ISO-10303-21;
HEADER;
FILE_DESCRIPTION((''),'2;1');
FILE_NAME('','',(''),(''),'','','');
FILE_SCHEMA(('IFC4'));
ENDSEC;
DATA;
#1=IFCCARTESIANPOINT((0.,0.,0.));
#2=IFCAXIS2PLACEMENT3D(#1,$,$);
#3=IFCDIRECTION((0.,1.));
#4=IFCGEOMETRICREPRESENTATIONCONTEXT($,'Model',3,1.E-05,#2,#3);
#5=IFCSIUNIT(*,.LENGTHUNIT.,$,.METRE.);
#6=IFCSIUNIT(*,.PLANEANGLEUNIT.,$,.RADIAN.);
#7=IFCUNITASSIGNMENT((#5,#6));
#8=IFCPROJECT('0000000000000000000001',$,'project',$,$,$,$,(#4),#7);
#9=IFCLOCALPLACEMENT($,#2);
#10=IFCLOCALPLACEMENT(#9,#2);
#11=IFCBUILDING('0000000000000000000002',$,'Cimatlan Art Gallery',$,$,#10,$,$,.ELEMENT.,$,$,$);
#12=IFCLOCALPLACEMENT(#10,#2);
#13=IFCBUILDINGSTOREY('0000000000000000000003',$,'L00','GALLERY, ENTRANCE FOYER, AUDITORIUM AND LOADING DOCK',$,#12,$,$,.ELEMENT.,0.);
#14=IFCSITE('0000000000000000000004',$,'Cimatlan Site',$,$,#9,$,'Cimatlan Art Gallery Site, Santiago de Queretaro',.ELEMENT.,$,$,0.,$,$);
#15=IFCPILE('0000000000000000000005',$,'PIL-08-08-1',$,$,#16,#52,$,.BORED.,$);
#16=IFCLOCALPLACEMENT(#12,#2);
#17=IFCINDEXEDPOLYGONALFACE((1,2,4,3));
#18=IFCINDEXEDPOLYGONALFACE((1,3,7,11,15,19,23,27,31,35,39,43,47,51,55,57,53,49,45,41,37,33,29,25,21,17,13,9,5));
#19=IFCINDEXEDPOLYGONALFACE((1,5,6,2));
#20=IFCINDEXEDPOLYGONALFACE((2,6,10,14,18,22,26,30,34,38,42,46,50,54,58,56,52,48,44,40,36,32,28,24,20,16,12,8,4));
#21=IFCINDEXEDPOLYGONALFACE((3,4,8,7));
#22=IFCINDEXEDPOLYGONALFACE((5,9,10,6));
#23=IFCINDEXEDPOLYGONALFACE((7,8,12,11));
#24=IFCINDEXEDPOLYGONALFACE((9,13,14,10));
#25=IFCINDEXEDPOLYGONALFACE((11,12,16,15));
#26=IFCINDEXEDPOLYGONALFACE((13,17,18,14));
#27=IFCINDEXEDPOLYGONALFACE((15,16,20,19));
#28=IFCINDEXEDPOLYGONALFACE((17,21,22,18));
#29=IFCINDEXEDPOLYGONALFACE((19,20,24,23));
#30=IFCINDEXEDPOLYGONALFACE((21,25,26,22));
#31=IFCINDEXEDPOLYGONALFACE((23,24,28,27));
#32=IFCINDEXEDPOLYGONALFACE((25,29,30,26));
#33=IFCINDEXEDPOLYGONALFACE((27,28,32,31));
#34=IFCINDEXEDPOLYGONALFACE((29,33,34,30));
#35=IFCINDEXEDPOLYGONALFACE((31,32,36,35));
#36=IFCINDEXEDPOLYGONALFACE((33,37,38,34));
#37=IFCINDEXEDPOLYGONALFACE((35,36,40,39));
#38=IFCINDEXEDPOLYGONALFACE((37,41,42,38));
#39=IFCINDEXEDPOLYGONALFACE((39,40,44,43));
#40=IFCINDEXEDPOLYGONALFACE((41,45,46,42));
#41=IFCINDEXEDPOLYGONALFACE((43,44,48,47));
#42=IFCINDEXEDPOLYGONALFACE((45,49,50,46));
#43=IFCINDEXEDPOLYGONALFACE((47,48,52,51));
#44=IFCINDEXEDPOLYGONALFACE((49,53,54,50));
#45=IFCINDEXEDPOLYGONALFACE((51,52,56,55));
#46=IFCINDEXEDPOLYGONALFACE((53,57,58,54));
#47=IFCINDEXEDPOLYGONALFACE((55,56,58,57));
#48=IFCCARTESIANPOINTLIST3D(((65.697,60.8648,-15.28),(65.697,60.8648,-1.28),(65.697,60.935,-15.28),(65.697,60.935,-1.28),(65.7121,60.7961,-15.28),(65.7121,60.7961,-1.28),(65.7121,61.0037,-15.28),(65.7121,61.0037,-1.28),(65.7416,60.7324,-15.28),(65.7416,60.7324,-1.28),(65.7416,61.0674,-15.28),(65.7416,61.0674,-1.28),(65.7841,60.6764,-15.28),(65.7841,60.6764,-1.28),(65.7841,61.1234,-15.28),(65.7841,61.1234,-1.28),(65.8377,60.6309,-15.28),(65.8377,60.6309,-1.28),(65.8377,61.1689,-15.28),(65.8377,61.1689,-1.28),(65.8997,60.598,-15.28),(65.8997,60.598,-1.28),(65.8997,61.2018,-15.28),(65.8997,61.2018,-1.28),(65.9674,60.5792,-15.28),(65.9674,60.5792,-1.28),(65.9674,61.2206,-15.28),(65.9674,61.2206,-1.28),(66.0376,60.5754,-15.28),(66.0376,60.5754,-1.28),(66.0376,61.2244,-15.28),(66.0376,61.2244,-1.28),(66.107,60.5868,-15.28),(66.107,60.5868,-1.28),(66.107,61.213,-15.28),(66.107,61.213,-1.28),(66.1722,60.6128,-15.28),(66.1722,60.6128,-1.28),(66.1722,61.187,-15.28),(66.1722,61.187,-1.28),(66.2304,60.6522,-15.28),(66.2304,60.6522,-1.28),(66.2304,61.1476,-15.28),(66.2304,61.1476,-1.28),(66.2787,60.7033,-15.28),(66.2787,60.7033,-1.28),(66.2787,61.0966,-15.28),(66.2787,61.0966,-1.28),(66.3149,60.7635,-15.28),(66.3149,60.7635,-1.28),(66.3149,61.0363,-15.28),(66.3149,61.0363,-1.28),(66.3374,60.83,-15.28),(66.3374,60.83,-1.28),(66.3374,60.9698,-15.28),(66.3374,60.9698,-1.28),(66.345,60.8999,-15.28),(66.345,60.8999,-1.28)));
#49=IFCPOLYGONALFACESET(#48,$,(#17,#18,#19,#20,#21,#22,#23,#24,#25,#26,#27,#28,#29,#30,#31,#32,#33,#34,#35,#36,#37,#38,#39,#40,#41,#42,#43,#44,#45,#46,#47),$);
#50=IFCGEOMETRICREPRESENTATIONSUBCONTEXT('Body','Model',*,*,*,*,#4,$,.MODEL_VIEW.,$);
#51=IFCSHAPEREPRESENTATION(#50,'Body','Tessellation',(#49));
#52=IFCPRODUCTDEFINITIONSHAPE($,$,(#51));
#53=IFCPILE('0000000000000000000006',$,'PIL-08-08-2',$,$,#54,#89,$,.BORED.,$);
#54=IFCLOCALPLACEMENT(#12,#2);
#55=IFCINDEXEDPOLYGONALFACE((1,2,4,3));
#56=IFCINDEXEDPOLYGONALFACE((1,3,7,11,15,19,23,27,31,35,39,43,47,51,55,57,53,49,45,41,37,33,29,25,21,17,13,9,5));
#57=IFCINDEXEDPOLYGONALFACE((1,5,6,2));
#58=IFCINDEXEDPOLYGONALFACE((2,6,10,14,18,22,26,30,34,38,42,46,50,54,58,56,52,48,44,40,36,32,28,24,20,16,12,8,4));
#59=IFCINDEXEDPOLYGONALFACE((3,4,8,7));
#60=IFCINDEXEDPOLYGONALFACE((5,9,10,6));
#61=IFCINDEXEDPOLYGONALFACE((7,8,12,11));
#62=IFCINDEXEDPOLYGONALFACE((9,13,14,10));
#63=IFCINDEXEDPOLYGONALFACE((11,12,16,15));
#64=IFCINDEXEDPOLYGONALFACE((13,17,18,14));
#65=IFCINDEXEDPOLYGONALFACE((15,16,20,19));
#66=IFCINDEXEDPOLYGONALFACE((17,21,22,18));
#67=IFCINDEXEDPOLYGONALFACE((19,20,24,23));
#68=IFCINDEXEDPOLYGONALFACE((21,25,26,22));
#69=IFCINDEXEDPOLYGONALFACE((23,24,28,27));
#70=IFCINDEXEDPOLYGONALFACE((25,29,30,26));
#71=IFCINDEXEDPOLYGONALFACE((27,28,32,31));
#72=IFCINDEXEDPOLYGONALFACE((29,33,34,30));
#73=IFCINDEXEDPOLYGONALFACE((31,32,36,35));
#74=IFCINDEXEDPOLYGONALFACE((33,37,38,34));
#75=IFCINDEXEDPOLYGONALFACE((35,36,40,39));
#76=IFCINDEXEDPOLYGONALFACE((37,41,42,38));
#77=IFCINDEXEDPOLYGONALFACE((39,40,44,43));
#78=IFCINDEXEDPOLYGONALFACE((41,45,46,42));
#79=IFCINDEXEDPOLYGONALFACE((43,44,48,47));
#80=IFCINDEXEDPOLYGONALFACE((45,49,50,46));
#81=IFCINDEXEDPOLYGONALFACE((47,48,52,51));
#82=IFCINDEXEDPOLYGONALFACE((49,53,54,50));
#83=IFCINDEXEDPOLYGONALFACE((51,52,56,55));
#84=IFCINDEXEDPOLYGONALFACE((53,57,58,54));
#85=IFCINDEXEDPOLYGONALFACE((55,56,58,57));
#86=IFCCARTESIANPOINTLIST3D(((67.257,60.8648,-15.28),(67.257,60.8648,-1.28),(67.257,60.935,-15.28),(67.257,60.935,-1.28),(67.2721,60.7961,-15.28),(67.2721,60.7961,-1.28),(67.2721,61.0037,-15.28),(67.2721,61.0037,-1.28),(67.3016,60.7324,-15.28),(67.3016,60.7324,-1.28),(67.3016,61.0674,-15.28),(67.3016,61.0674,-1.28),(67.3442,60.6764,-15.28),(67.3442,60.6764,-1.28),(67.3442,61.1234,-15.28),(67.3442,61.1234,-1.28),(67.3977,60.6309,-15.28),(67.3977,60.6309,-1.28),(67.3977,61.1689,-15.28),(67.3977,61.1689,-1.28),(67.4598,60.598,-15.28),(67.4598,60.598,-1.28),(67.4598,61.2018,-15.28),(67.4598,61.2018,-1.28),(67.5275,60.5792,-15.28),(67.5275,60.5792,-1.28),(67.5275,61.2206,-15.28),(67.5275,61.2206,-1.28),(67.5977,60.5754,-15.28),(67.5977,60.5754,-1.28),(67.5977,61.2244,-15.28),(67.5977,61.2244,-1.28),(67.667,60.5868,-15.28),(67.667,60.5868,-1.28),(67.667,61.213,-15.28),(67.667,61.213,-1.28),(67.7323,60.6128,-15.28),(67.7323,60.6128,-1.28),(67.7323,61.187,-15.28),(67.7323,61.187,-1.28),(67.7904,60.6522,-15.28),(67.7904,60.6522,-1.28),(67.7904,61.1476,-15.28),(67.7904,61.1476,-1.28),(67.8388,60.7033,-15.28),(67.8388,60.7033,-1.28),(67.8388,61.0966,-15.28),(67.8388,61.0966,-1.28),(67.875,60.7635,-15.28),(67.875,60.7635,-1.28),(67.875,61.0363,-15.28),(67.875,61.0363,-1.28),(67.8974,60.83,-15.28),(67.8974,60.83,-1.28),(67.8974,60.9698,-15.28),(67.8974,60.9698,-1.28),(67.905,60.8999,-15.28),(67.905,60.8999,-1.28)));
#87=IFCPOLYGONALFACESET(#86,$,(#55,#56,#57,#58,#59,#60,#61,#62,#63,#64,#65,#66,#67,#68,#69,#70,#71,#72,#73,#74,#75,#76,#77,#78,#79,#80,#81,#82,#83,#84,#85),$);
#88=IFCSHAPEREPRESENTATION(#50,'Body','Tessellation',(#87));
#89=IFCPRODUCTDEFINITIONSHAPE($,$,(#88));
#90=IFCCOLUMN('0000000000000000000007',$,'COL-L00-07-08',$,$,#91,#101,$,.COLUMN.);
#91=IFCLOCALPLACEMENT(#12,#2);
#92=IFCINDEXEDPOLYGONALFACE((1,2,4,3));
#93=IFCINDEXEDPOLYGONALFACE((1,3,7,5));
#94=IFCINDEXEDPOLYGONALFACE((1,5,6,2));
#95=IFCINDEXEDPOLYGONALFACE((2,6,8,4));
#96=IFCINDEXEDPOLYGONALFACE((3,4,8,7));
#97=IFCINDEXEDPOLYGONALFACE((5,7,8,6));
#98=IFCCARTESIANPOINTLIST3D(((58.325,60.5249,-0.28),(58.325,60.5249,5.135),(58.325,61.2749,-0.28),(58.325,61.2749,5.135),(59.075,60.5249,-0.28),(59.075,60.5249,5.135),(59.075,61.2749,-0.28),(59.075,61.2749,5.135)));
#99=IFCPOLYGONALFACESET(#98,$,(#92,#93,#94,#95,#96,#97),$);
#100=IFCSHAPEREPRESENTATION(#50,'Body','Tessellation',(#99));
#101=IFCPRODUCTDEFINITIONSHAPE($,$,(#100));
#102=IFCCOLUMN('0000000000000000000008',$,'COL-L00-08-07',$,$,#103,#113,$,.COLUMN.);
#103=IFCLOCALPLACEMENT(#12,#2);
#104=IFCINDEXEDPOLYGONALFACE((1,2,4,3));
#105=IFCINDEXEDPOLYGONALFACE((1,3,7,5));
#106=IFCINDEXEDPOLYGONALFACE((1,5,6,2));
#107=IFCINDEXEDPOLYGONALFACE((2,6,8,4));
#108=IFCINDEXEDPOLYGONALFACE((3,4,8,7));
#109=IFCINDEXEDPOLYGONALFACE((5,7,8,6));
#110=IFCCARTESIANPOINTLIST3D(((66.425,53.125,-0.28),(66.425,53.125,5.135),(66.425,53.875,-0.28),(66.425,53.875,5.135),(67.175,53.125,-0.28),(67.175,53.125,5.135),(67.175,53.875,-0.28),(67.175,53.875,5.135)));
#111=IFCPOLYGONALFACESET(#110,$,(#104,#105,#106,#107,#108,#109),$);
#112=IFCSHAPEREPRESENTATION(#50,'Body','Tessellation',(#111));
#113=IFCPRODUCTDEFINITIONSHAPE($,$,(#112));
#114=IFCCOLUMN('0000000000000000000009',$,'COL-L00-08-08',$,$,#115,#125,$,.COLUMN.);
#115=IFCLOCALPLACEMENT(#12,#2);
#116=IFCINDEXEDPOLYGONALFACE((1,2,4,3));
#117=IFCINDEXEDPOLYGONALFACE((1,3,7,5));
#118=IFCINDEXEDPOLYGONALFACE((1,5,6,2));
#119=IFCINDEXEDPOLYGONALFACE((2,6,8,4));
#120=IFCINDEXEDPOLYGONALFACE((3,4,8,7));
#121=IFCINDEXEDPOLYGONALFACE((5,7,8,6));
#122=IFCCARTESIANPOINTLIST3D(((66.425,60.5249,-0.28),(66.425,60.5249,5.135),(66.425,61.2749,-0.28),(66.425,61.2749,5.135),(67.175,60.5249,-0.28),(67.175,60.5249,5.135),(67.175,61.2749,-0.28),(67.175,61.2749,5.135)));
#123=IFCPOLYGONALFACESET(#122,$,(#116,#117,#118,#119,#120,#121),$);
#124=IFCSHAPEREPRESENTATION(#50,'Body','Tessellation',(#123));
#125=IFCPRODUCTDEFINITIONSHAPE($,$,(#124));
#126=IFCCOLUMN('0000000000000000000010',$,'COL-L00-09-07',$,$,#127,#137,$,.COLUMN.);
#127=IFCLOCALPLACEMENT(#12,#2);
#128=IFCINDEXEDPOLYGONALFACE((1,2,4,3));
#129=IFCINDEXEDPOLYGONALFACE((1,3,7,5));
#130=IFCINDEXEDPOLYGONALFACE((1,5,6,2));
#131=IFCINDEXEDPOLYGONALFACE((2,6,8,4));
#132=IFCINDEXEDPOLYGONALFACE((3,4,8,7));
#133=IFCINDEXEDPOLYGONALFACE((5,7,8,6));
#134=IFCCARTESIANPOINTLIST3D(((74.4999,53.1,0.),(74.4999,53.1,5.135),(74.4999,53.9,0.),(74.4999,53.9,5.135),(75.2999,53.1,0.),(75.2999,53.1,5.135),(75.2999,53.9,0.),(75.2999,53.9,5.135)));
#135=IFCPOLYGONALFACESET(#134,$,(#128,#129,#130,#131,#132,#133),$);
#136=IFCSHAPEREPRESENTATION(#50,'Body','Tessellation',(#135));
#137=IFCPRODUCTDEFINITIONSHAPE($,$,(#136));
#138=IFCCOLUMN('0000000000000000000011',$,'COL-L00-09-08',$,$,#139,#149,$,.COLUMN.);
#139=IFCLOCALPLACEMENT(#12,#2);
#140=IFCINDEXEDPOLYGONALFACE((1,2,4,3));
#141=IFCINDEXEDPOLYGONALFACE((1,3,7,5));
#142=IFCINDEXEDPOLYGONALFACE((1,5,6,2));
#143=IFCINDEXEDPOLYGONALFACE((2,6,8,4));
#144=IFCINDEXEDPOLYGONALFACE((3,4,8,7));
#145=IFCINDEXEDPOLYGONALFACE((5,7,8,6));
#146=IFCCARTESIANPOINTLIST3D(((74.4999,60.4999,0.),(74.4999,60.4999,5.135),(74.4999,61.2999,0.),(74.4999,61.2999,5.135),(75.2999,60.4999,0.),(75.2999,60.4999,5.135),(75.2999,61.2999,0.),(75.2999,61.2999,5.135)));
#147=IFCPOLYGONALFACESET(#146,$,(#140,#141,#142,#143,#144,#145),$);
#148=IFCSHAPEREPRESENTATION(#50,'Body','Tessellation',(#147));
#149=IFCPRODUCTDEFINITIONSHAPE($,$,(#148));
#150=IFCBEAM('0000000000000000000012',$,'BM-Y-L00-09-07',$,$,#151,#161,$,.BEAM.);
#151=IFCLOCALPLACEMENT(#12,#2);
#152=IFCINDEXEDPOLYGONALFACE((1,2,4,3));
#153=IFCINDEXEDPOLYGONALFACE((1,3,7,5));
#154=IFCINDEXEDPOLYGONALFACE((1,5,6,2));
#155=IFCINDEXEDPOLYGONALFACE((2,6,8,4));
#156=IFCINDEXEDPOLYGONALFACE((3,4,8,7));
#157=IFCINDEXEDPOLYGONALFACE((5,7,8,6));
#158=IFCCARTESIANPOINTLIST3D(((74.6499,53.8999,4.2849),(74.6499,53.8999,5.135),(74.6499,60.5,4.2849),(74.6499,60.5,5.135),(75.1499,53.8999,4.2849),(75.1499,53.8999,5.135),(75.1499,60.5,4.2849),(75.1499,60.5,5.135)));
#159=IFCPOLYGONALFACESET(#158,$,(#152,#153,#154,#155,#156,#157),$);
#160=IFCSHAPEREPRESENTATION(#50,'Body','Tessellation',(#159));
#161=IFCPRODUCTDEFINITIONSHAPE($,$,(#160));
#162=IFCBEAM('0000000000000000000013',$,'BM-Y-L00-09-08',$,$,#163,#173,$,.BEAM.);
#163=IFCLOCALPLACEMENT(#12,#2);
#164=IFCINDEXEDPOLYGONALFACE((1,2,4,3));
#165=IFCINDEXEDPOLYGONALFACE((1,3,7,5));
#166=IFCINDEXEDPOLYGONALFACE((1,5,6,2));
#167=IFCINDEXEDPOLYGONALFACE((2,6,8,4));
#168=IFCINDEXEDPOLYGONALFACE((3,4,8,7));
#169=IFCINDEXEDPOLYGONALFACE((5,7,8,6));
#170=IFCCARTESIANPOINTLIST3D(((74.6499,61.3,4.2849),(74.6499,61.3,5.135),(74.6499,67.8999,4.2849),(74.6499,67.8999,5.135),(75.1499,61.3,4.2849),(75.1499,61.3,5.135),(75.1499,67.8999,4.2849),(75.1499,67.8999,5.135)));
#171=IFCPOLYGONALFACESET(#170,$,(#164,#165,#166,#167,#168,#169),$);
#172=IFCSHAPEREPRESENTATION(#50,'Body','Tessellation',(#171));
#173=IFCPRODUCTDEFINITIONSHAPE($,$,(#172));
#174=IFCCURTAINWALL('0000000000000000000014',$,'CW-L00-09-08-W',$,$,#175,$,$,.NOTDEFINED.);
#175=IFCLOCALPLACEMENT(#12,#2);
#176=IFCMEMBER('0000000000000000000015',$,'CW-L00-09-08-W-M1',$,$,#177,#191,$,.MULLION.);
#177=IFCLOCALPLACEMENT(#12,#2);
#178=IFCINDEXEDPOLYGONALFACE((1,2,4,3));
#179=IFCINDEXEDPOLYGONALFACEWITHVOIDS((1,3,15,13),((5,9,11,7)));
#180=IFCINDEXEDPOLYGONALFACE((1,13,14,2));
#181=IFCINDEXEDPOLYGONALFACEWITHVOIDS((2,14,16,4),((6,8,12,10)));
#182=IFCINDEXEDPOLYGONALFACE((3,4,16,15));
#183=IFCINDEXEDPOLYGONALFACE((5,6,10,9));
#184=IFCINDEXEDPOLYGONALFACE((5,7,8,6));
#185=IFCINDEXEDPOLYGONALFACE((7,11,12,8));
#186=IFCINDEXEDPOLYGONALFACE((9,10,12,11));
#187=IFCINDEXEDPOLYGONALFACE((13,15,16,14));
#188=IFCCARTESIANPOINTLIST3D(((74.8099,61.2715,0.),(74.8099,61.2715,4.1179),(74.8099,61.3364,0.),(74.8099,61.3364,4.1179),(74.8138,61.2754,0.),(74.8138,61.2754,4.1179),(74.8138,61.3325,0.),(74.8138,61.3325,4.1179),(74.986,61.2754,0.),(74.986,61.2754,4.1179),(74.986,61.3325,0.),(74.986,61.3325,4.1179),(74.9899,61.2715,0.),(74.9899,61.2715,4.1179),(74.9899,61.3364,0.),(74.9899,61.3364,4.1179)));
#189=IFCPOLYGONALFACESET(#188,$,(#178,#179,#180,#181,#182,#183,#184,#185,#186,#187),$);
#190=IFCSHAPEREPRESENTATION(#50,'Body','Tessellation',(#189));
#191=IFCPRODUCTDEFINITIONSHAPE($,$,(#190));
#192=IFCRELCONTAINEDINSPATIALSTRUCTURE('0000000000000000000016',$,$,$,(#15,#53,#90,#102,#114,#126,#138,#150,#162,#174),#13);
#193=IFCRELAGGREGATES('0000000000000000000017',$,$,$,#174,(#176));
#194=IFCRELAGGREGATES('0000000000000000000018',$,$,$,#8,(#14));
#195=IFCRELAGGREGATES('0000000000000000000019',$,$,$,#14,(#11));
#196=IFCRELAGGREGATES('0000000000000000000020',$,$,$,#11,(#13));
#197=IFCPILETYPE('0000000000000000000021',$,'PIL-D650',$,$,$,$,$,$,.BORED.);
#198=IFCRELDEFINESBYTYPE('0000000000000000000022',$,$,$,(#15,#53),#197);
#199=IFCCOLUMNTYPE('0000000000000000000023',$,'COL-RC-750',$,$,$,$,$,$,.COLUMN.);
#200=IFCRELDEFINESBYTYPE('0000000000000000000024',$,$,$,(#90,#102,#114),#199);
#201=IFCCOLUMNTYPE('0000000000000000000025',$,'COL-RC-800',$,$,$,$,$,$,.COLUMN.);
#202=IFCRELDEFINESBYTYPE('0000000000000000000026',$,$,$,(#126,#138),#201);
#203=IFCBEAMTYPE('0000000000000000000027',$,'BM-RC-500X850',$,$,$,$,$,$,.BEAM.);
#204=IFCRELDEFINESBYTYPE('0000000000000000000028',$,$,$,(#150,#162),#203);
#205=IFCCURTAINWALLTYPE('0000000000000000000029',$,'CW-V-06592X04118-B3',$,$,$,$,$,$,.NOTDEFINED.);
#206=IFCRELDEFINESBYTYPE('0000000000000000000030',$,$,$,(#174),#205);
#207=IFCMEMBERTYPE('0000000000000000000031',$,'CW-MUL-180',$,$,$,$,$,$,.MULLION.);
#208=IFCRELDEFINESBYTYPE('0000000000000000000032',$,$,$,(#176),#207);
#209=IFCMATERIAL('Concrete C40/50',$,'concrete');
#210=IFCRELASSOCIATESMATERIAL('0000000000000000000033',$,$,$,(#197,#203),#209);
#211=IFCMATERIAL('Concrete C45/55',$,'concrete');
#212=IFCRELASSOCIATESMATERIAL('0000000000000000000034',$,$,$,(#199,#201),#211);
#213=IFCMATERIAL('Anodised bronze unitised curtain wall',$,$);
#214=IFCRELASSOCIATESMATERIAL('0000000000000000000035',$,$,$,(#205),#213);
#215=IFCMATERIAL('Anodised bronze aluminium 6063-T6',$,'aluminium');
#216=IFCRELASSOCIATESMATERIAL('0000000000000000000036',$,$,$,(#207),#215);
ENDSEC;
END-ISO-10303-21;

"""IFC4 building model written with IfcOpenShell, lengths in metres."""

from ifc_helpers import new_model, si_unit, direction, frame, origin, origin_2d, place, context, subcontext, project, spatial, rectangle, hollow_rectangle, circle, extrude, material, material_profile, profile_set, type_object, element, aggregate, save


model = new_model("IFC4")

# Units and contexts
model_context = context("Model", 3, precision=1e-05, world=origin(), true_north=direction((0.0, 1.0)))
body_context = subcontext(model_context, "Body", "Model", "MODEL_VIEW")
ifc_project = project(units=[si_unit("LENGTHUNIT", "METRE"), si_unit("PLANEANGLEUNIT", "RADIAN")], contexts=[model_context])

# Site, building, storey
site_placement = place(None, origin())
site = spatial("IfcSite", under=ifc_project, at=site_placement, Name="Cimatlan Site", LongName="Cimatlan Art Gallery Site, Santiago de Queretaro", CompositionType="ELEMENT", RefElevation=0.0)
building_placement = place(site_placement, origin())
building = spatial("IfcBuilding", under=site, at=building_placement, Name="Cimatlan Art Gallery", CompositionType="ELEMENT")
storey_placement = place(building_placement, origin())
storey = spatial("IfcBuildingStorey", under=building, at=storey_placement, Name="L00", Description="GALLERY, ENTRANCE FOYER, AUDITORIUM AND LOADING DOCK", CompositionType="ELEMENT", Elevation=0.0)

# Shared definitions
ifc_material_1 = material(Name="Concrete C40/50", Category="concrete")

# Piles
pile_type = type_object("IfcPileType", Name="PIL-D650", PredefinedType="BORED", material=ifc_material_1)
for number, where, z_axis, x_axis, name in (
    (1, (66.02, 60.8999, -1.28), (0.0, 0.0, -1.0), (1.0, 0.0, 0.0), "PIL-08-08-1"),
    (2, (67.5801, 60.8999, -1.28), (0.0, 0.0, -1.0), (1.0, 0.0, 0.0), "PIL-08-08-2"),
):
    element("IfcPile", number, at=place(storey_placement, frame(where, z_axis=z_axis, x_axis=x_axis)), inside=storey, type_object=pile_type, Name=name, PredefinedType="BORED", context=body_context, shape_type="SweptSolid", body=[
        extrude(circle(Radius=0.325, at=origin_2d()), origin(), (0.0, 0.0, 1.0), 14.0),
    ])

# Columns
ifc_material_2 = material(Name="Concrete C45/55", Category="concrete")
ifc_material_profile_1 = material_profile(ifc_material_2, rectangle(XDim=0.75, YDim=0.75, at=origin_2d()), Name="RC750X750")
ifc_profile_set_1 = profile_set([ifc_material_profile_1], Name="Concrete C45/55")
column_type_1 = type_object("IfcColumnType", Name="COL-RC-750", PredefinedType="COLUMN", material=ifc_profile_set_1)
for number, where, z_axis, x_axis, name in (
    (3, (58.7, 60.8999, -0.28), (0.0, 0.0, 1.0), (1.0, 0.0, 0.0), "COL-L00-07-08"),
    (4, (66.8, 53.5, -0.28), (0.0, 0.0, 1.0), (1.0, 0.0, 0.0), "COL-L00-08-07"),
    (5, (66.8, 60.8999, -0.28), (0.0, 0.0, 1.0), (1.0, 0.0, 0.0), "COL-L00-08-08"),
):
    element("IfcColumn", number, at=place(storey_placement, frame(where, z_axis=z_axis, x_axis=x_axis)), inside=storey, type_object=column_type_1, Name=name, PredefinedType="COLUMN", context=body_context, shape_type="SweptSolid", body=[
        extrude(rectangle(XDim=0.75, YDim=0.75, at=origin_2d()), origin(), (0.0, 0.0, 1.0), 5.415),
    ])
ifc_material_profile_2 = material_profile(ifc_material_2, rectangle(XDim=0.8, YDim=0.8, at=origin_2d()), Name="RC800X800")
ifc_profile_set_2 = profile_set([ifc_material_profile_2], Name="Concrete C45/55")
column_type_2 = type_object("IfcColumnType", Name="COL-RC-800", PredefinedType="COLUMN", material=ifc_profile_set_2)
for number, where, z_axis, x_axis, name in (
    (6, (74.8999, 53.5, 0.0), (0.0, 0.0, 1.0), (1.0, 0.0, 0.0), "COL-L00-09-07"),
    (7, (74.8999, 60.8999, 0.0), (0.0, 0.0, 1.0), (1.0, 0.0, 0.0), "COL-L00-09-08"),
):
    element("IfcColumn", number, at=place(storey_placement, frame(where, z_axis=z_axis, x_axis=x_axis)), inside=storey, type_object=column_type_2, Name=name, PredefinedType="COLUMN", context=body_context, shape_type="SweptSolid", body=[
        extrude(rectangle(XDim=0.8, YDim=0.8, at=origin_2d()), origin(), (0.0, 0.0, 1.0), 5.135),
    ])

# Beams
ifc_material_profile_3 = material_profile(ifc_material_1, rectangle(XDim=0.5, YDim=0.8501, at=origin_2d()), Name="RC500X850")
ifc_profile_set_3 = profile_set([ifc_material_profile_3], Name="Concrete C40/50")
beam_type = type_object("IfcBeamType", Name="BM-RC-500X850", PredefinedType="BEAM", material=ifc_profile_set_3)
beam_1_placement = place(storey_placement, frame((74.8999, 53.8999, 4.71), z_axis=(0.0, 1.0, 0.0), x_axis=(-1.0, 0.0, 0.0)))
element("IfcBeam", 8, at=beam_1_placement, inside=storey, type_object=beam_type, Name="BM-Y-L00-09-07", PredefinedType="BEAM", context=body_context, shape_type="SweptSolid", body=[
    extrude(rectangle(XDim=0.5, YDim=0.8501, at=origin_2d()), origin(), (0.0, 0.0, 1.0), 6.6001),
])
beam_2_placement = place(storey_placement, frame((74.8999, 61.3, 4.71), z_axis=(0.0, 1.0, 0.0), x_axis=(-1.0, 0.0, 0.0)))
element("IfcBeam", 9, at=beam_2_placement, inside=storey, type_object=beam_type, Name="BM-Y-L00-09-08", PredefinedType="BEAM", context=body_context, shape_type="SweptSolid", body=[
    extrude(rectangle(XDim=0.5, YDim=0.8501, at=origin_2d()), origin(), (0.0, 0.0, 1.0), 6.5999),
])

# Curtain wall, member
ifc_material_3 = material(Name="Anodised bronze unitised curtain wall")
curtain_wall_type = type_object("IfcCurtainWallType", Name="CW-V-06592X04118-B3", PredefinedType="NOTDEFINED", material=ifc_material_3)
curtain_wall_placement = place(storey_placement, origin())
curtain_wall = element("IfcCurtainWall", 10, at=curtain_wall_placement, inside=storey, type_object=curtain_wall_type, Name="CW-L00-09-08-W", PredefinedType="NOTDEFINED")
ifc_material_4 = material(Name="Anodised bronze aluminium 6063-T6", Category="aluminium")
ifc_material_profile_4 = material_profile(ifc_material_4, hollow_rectangle(XDim=0.0649, YDim=0.1799, WallThickness=0.0039, at=origin_2d()), Name="ALU65X180X4")
ifc_profile_set_4 = profile_set([ifc_material_profile_4], Name="Anodised bronze aluminium 6063-T6")
member_type_1 = type_object("IfcMemberType", Name="CW-MUL-180", PredefinedType="MULLION", material=ifc_profile_set_4)
member_1_placement = place(storey_placement, frame((74.8999, 61.304, 0.0), z_axis=(0.0, 0.0, 1.0), x_axis=(0.0, 1.0, 0.0)))
member_1 = element("IfcMember", 11, at=member_1_placement, type_object=member_type_1, Name="CW-L00-09-08-W-M1", PredefinedType="MULLION", context=body_context, shape_type="SweptSolid", body=[
    extrude(hollow_rectangle(XDim=0.0649, YDim=0.1799, WallThickness=0.0039, at=origin_2d()), origin(), (0.0, 0.0, 1.0), 4.1179),
])
aggregate(curtain_wall, [member_1])

save(model, "model.ifc")
